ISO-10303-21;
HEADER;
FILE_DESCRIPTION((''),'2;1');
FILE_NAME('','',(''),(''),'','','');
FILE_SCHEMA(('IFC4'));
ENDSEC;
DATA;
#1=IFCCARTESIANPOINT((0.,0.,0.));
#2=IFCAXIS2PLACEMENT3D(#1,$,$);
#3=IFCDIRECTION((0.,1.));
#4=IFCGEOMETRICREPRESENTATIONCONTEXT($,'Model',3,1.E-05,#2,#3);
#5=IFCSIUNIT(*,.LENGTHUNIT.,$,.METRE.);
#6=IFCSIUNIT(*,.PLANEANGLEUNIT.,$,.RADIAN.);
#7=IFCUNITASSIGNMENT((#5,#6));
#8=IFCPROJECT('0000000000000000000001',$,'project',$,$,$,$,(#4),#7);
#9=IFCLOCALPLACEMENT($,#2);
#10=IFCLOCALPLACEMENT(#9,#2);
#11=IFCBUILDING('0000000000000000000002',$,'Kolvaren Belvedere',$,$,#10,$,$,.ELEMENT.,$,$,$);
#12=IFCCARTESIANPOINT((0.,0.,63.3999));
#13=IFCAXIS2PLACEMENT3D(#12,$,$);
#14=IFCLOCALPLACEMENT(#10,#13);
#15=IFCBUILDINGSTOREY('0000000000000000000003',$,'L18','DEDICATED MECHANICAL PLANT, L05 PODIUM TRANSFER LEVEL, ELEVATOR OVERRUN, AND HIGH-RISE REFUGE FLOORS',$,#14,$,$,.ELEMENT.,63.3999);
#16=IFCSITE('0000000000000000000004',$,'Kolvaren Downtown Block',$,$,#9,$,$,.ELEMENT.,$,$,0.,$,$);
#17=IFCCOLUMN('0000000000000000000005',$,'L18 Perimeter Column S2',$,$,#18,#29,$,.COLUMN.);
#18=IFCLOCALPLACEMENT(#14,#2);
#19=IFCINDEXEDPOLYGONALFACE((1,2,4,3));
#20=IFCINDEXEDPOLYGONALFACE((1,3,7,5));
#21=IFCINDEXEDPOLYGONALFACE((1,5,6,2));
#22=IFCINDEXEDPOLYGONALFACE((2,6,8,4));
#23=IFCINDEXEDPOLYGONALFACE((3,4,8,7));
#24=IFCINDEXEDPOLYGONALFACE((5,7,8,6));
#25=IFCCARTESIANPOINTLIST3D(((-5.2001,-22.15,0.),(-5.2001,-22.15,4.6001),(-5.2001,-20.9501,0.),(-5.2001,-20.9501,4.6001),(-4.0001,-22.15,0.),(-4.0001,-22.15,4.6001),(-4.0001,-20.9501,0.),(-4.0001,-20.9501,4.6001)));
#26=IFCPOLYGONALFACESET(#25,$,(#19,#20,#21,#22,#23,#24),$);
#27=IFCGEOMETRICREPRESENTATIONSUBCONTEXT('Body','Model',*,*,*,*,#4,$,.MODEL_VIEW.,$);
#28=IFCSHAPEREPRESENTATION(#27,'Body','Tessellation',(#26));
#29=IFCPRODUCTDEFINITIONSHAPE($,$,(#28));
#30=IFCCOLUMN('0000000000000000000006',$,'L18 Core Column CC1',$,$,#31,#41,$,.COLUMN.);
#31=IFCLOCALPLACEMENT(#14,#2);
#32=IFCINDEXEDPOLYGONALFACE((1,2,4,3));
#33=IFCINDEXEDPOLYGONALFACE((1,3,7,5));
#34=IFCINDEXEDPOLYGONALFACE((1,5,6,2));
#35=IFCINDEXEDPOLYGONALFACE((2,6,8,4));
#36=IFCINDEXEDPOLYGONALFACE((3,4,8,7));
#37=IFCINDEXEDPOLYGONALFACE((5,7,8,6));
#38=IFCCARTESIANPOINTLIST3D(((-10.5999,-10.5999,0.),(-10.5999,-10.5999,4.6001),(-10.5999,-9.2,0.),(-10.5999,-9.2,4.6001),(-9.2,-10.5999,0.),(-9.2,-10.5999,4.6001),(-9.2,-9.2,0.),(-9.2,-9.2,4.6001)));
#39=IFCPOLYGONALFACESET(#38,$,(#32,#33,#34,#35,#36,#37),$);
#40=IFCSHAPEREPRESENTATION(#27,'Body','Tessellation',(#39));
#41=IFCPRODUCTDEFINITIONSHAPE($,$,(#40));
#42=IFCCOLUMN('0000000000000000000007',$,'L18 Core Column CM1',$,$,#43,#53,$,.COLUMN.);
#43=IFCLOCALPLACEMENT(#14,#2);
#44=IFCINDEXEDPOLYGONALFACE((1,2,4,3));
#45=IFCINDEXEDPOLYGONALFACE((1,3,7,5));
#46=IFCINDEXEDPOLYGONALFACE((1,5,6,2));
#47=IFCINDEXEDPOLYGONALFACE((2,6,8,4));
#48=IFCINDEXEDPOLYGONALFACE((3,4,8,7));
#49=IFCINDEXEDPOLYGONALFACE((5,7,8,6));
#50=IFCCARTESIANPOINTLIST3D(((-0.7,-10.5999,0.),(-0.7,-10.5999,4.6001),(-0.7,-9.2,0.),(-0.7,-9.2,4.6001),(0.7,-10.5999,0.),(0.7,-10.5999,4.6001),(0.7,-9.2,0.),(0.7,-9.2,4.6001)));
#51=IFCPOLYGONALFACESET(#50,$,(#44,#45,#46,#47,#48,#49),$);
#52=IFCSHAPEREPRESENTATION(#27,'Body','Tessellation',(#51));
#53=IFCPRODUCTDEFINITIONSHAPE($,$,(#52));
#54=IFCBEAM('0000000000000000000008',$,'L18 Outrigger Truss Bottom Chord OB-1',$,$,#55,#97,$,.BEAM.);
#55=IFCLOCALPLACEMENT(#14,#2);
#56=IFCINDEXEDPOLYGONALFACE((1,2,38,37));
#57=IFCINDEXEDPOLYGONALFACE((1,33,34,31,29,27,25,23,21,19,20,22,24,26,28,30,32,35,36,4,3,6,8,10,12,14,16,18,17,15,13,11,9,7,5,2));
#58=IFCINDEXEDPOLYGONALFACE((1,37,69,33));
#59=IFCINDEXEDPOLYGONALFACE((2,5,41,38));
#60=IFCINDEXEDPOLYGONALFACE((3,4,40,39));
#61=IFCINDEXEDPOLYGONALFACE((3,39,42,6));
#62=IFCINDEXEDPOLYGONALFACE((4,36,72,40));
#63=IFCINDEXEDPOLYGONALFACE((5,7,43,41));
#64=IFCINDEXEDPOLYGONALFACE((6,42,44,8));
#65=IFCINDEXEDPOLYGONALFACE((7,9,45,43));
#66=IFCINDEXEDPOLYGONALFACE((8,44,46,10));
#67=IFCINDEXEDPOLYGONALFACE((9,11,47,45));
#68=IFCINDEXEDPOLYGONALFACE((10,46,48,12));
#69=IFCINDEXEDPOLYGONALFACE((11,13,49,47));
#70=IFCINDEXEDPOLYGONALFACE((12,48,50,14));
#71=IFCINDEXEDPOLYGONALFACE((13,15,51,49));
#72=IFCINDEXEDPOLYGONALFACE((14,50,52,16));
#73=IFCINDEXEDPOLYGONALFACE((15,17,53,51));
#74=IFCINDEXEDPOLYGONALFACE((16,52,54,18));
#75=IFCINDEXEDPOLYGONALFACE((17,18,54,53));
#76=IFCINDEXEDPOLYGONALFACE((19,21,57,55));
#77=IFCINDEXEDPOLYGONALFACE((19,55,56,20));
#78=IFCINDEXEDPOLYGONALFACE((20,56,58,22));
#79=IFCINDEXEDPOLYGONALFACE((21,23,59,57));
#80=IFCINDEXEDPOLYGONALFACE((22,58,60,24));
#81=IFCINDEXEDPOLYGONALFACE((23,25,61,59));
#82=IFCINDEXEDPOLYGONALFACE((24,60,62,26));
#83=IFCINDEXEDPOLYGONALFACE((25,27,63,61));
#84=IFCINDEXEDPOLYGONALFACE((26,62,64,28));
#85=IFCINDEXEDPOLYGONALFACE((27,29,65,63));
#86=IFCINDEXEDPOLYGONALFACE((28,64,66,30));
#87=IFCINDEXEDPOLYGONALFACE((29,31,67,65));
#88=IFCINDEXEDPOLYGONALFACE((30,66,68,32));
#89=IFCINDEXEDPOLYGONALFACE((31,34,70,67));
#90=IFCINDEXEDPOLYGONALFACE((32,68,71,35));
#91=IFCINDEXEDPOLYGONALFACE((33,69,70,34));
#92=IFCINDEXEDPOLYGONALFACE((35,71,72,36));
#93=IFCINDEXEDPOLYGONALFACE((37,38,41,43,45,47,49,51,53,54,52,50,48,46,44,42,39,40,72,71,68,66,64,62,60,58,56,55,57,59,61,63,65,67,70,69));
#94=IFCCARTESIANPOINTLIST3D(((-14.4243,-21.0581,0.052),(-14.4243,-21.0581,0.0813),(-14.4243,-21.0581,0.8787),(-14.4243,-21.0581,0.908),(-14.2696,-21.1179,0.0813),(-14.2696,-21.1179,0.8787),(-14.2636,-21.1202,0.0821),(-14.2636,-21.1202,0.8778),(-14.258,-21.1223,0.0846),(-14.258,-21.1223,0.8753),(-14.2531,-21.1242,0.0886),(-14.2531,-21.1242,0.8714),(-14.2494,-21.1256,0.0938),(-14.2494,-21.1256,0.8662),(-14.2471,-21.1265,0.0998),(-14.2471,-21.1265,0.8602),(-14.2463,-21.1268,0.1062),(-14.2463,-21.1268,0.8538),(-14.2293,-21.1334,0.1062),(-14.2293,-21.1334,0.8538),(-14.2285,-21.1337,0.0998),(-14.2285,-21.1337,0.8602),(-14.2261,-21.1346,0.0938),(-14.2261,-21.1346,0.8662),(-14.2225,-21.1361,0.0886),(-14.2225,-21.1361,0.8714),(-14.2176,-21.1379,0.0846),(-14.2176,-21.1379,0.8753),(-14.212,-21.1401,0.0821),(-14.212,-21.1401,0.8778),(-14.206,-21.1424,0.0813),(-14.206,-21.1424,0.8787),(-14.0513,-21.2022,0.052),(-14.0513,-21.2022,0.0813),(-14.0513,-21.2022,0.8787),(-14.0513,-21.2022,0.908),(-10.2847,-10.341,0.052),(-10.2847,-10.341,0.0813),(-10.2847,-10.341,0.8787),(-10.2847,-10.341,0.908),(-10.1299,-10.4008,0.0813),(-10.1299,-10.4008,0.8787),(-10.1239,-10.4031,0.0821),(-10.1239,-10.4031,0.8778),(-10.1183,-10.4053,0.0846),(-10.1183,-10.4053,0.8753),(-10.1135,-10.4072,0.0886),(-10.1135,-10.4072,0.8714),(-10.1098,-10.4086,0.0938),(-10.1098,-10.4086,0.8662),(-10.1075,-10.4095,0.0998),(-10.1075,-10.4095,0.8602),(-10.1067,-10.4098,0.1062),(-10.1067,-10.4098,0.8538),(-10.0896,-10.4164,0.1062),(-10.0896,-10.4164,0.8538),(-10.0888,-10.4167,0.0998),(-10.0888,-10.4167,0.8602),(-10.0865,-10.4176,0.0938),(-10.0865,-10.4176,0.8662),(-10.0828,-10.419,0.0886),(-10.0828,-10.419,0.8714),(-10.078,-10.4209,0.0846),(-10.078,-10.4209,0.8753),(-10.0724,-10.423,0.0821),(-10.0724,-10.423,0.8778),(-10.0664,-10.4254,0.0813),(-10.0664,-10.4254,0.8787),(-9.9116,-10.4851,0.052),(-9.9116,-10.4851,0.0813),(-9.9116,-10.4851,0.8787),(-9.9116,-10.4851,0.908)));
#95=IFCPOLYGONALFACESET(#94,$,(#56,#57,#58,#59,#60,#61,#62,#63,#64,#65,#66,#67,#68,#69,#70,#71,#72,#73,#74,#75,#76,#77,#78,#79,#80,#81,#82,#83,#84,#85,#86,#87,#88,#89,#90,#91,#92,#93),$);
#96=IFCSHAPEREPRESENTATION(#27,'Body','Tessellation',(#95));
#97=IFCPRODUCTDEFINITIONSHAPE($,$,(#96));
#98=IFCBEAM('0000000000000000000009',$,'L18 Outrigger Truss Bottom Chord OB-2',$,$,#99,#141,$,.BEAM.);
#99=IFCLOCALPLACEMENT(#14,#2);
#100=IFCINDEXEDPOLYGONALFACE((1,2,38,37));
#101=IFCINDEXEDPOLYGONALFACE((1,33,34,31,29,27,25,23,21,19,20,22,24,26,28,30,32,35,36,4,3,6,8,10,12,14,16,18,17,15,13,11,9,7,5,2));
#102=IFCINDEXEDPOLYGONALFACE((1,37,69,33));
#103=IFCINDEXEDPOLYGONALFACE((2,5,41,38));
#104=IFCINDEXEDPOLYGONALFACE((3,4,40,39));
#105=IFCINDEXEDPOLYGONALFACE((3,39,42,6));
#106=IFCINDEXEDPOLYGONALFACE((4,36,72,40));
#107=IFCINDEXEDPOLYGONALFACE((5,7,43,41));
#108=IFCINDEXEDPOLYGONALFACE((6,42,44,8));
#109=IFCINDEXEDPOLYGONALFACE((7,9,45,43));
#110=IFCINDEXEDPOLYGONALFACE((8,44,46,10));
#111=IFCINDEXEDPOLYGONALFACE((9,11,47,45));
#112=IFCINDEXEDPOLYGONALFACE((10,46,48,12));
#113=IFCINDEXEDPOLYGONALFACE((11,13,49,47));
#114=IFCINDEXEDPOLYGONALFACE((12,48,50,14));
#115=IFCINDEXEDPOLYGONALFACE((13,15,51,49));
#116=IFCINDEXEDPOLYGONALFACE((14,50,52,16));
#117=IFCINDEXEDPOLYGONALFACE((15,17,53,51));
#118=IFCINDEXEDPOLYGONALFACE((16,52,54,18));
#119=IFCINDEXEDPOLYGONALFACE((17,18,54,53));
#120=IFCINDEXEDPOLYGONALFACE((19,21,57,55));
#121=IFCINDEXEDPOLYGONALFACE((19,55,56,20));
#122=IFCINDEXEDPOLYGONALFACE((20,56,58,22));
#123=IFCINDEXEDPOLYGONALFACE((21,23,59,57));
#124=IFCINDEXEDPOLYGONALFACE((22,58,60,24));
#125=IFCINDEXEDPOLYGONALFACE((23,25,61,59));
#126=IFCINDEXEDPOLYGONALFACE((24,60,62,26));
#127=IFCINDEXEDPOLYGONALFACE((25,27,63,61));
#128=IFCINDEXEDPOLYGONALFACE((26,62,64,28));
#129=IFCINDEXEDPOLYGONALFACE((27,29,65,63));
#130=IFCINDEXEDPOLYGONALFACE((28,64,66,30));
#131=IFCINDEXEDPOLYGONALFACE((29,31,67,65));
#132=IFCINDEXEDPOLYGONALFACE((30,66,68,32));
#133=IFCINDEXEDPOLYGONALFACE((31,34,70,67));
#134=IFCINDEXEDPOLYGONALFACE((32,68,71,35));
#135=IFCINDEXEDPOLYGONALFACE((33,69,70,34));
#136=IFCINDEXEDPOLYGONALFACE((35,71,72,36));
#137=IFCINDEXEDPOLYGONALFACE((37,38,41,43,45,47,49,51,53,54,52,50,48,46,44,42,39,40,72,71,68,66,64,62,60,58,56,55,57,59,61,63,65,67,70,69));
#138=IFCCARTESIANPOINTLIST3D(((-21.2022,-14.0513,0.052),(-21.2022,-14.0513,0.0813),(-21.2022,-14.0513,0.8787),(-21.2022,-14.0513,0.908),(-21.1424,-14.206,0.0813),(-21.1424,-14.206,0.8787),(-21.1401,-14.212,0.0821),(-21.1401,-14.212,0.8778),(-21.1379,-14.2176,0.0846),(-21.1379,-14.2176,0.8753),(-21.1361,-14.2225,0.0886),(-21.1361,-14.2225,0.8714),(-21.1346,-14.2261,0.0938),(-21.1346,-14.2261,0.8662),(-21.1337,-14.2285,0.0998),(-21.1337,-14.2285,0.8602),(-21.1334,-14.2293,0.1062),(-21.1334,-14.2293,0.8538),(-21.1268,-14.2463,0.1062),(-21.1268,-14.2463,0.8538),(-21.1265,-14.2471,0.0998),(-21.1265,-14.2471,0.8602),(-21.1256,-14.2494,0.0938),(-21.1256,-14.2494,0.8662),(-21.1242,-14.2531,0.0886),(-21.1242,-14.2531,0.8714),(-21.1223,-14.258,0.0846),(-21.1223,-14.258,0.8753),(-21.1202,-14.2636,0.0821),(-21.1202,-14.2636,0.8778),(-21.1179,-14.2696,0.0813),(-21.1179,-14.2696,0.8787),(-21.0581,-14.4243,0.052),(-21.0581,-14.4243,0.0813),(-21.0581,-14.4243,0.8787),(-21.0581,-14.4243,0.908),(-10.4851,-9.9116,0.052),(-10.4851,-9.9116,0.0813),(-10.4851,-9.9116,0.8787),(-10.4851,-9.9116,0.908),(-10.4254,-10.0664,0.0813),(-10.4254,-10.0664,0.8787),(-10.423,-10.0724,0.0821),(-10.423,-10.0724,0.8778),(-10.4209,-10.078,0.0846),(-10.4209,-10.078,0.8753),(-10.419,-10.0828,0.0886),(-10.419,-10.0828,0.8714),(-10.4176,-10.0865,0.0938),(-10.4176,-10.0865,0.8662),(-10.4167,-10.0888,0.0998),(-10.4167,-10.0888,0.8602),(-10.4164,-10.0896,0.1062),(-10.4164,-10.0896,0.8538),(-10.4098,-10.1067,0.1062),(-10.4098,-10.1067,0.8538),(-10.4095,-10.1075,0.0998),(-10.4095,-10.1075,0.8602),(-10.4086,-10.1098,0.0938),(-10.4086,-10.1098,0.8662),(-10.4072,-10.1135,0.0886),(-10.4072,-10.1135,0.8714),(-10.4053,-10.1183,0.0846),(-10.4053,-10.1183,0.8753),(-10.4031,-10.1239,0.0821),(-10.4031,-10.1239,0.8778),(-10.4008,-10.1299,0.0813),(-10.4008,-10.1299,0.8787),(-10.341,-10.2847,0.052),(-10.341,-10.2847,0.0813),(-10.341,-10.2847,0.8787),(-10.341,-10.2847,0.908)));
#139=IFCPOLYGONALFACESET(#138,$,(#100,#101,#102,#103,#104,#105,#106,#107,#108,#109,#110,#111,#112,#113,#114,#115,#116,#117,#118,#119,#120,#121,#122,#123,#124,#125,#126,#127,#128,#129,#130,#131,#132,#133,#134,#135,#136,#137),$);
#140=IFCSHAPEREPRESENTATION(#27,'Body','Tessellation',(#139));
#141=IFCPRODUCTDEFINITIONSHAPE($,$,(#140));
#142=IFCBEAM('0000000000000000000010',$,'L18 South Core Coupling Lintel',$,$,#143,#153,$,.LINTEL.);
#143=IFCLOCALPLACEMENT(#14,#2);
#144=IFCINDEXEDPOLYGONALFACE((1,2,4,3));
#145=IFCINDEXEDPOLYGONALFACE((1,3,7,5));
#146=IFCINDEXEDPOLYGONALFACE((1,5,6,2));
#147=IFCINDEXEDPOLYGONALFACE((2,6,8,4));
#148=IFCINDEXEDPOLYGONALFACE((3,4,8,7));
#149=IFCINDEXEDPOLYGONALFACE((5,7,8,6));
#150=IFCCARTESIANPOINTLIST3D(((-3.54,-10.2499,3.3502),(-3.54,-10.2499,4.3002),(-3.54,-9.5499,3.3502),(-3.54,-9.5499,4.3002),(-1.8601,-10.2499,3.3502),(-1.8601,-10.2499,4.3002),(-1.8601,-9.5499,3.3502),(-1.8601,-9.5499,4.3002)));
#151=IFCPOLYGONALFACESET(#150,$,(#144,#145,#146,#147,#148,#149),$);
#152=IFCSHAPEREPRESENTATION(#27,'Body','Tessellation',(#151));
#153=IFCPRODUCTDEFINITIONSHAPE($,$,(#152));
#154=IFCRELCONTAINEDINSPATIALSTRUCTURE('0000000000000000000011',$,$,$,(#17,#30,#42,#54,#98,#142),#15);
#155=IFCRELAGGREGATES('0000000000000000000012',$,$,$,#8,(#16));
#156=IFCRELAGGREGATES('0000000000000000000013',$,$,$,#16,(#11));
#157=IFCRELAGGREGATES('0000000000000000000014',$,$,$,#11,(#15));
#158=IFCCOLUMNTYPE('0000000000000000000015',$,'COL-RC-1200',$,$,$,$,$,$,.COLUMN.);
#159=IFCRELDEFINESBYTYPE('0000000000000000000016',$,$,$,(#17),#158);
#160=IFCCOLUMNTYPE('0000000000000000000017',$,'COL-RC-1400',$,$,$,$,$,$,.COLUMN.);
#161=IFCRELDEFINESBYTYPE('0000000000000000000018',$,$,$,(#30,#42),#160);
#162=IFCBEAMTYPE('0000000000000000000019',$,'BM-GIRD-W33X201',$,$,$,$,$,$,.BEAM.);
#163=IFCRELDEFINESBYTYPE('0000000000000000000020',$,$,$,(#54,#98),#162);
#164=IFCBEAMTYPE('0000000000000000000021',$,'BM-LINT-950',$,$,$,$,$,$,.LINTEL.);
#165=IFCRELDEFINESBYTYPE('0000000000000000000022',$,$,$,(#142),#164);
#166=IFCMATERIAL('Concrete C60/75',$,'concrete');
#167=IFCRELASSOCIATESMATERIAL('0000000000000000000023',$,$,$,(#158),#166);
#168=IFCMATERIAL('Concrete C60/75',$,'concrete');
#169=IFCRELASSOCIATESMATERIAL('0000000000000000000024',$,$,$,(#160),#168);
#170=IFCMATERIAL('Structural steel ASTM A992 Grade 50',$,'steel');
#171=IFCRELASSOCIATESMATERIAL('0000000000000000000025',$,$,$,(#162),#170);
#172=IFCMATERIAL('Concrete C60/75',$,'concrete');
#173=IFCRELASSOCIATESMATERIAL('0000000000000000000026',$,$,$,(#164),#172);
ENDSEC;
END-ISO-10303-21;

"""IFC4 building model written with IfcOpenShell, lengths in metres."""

from ifc_helpers import new_model, si_unit, direction, frame, origin, origin_2d, place, context, subcontext, project, spatial, rectangle, i_section, extrude, material, material_profile, profile_set, type_object, element, save


model = new_model("IFC4")

# Units and contexts
model_context = context("Model", 3, precision=1e-05, world=origin(), true_north=direction((0.0, 1.0)))
body_context = subcontext(model_context, "Body", "Model", "MODEL_VIEW")
ifc_project = project(units=[si_unit("LENGTHUNIT", "METRE"), si_unit("PLANEANGLEUNIT", "RADIAN")], contexts=[model_context])

# Site, building, storey
site_placement = place(None, origin())
site = spatial("IfcSite", under=ifc_project, at=site_placement, Name="Kolvaren Downtown Block", CompositionType="ELEMENT", RefElevation=0.0)
building_placement = place(site_placement, origin())
building = spatial("IfcBuilding", under=site, at=building_placement, Name="Kolvaren Belvedere", CompositionType="ELEMENT")
storey_placement = place(building_placement, frame((0.0, 0.0, 63.3999)))
storey = spatial("IfcBuildingStorey", under=building, at=storey_placement, Name="L18", Description="DEDICATED MECHANICAL PLANT, L05 PODIUM TRANSFER LEVEL, ELEVATOR OVERRUN, AND HIGH-RISE REFUGE FLOORS", CompositionType="ELEMENT", Elevation=63.3999)

# Columns
ifc_material_1 = material(Name="Concrete C60/75", Category="concrete")
ifc_material_profile_1 = material_profile(ifc_material_1, rectangle(XDim=1.2, YDim=1.2, at=origin_2d()), Name="RC 1200X1200")
ifc_profile_set_1 = profile_set([ifc_material_profile_1], Name="Concrete C60/75")
column_type_1 = type_object("IfcColumnType", Name="COL-RC-1200", PredefinedType="COLUMN", material=ifc_profile_set_1)
column_placement = place(storey_placement, frame((-4.6001, -21.55, 0.0), z_axis=(0.0, 0.0, 1.0), x_axis=(1.0, 0.0, 0.0)))
element("IfcColumn", 1, at=column_placement, inside=storey, type_object=column_type_1, Name="L18 Perimeter Column S2", PredefinedType="COLUMN", context=body_context, shape_type="SweptSolid", body=[
    extrude(rectangle(XDim=1.2, YDim=1.2, at=origin_2d()), origin(), (0.0, 0.0, 1.0), 4.6001),
])
ifc_material_2 = material(Name="Concrete C60/75", Category="concrete")
ifc_material_profile_2 = material_profile(ifc_material_2, rectangle(XDim=1.3999, YDim=1.3999, at=origin_2d()), Name="RC 1400X1400")
ifc_profile_set_2 = profile_set([ifc_material_profile_2], Name="Concrete C60/75")
column_type_2 = type_object("IfcColumnType", Name="COL-RC-1400", PredefinedType="COLUMN", material=ifc_profile_set_2)
for number, where, z_axis, x_axis, name in (
    (2, (-9.8999, -9.8999, 0.0), (0.0, 0.0, 1.0), (1.0, 0.0, 0.0), "L18 Core Column CC1"),
    (3, (0.0, -9.8999, 0.0), (0.0, 0.0, 1.0), (1.0, 0.0, 0.0), "L18 Core Column CM1"),
):
    element("IfcColumn", number, at=place(storey_placement, frame(where, z_axis=z_axis, x_axis=x_axis)), inside=storey, type_object=column_type_2, Name=name, PredefinedType="COLUMN", context=body_context, shape_type="SweptSolid", body=[
        extrude(rectangle(XDim=1.3999, YDim=1.3999, at=origin_2d()), origin(), (0.0, 0.0, 1.0), 4.6001),
    ])

# Beams
ifc_material_3 = material(Name="Structural steel ASTM A992 Grade 50", Category="steel")
ifc_material_profile_3 = material_profile(ifc_material_3, i_section(OverallWidth=0.3999, OverallDepth=0.856, WebThickness=0.0183, FlangeThickness=0.0293, FilletRadius=0.0249, at=origin_2d()), Name="W33X201")
ifc_profile_set_3 = profile_set([ifc_material_profile_3], Name="Structural steel ASTM A992 Grade 50")
beam_type_1 = type_object("IfcBeamType", Name="BM-GIRD-W33X201", PredefinedType="BEAM", material=ifc_profile_set_3)
for number, where, z_axis, x_axis, name in (
    (4, (-10.0981, -10.4131, 0.48), (-0.360322, -0.932828, 0.0), (0.932828, -0.360322, 0.0), "L18 Outrigger Truss Bottom Chord OB-1"),
    (5, (-10.4131, -10.0981, 0.48), (-0.932828, -0.360322, 0.0), (0.360322, -0.932828, 0.0), "L18 Outrigger Truss Bottom Chord OB-2"),
):
    element("IfcBeam", number, at=place(storey_placement, frame(where, z_axis=z_axis, x_axis=x_axis)), inside=storey, type_object=beam_type_1, Name=name, PredefinedType="BEAM", context=body_context, shape_type="SweptSolid", body=[
        extrude(i_section(OverallWidth=0.3999, OverallDepth=0.856, WebThickness=0.0183, FlangeThickness=0.0293, FilletRadius=0.0249, at=origin_2d()), origin(), (0.0, 0.0, 1.0), 11.4888),
    ])
ifc_material_4 = material(Name="Concrete C60/75", Category="concrete")
ifc_material_profile_4 = material_profile(ifc_material_4, rectangle(XDim=0.7, YDim=0.95, at=origin_2d()), Name="RC 700X950")
ifc_profile_set_4 = profile_set([ifc_material_profile_4], Name="Concrete C60/75")
beam_type_2 = type_object("IfcBeamType", Name="BM-LINT-950", PredefinedType="LINTEL", material=ifc_profile_set_4)
beam_1_placement = place(storey_placement, frame((-3.54, -9.8999, 3.8252), z_axis=(1.0, 0.0, 0.0), x_axis=(0.0, 1.0, 0.0)))
element("IfcBeam", 6, at=beam_1_placement, inside=storey, type_object=beam_type_2, Name="L18 South Core Coupling Lintel", PredefinedType="LINTEL", context=body_context, shape_type="SweptSolid", body=[
    extrude(rectangle(XDim=0.7, YDim=0.95, at=origin_2d()), origin(), (0.0, 0.0, 1.0), 1.6799),
])

save(model, "model.ifc")
